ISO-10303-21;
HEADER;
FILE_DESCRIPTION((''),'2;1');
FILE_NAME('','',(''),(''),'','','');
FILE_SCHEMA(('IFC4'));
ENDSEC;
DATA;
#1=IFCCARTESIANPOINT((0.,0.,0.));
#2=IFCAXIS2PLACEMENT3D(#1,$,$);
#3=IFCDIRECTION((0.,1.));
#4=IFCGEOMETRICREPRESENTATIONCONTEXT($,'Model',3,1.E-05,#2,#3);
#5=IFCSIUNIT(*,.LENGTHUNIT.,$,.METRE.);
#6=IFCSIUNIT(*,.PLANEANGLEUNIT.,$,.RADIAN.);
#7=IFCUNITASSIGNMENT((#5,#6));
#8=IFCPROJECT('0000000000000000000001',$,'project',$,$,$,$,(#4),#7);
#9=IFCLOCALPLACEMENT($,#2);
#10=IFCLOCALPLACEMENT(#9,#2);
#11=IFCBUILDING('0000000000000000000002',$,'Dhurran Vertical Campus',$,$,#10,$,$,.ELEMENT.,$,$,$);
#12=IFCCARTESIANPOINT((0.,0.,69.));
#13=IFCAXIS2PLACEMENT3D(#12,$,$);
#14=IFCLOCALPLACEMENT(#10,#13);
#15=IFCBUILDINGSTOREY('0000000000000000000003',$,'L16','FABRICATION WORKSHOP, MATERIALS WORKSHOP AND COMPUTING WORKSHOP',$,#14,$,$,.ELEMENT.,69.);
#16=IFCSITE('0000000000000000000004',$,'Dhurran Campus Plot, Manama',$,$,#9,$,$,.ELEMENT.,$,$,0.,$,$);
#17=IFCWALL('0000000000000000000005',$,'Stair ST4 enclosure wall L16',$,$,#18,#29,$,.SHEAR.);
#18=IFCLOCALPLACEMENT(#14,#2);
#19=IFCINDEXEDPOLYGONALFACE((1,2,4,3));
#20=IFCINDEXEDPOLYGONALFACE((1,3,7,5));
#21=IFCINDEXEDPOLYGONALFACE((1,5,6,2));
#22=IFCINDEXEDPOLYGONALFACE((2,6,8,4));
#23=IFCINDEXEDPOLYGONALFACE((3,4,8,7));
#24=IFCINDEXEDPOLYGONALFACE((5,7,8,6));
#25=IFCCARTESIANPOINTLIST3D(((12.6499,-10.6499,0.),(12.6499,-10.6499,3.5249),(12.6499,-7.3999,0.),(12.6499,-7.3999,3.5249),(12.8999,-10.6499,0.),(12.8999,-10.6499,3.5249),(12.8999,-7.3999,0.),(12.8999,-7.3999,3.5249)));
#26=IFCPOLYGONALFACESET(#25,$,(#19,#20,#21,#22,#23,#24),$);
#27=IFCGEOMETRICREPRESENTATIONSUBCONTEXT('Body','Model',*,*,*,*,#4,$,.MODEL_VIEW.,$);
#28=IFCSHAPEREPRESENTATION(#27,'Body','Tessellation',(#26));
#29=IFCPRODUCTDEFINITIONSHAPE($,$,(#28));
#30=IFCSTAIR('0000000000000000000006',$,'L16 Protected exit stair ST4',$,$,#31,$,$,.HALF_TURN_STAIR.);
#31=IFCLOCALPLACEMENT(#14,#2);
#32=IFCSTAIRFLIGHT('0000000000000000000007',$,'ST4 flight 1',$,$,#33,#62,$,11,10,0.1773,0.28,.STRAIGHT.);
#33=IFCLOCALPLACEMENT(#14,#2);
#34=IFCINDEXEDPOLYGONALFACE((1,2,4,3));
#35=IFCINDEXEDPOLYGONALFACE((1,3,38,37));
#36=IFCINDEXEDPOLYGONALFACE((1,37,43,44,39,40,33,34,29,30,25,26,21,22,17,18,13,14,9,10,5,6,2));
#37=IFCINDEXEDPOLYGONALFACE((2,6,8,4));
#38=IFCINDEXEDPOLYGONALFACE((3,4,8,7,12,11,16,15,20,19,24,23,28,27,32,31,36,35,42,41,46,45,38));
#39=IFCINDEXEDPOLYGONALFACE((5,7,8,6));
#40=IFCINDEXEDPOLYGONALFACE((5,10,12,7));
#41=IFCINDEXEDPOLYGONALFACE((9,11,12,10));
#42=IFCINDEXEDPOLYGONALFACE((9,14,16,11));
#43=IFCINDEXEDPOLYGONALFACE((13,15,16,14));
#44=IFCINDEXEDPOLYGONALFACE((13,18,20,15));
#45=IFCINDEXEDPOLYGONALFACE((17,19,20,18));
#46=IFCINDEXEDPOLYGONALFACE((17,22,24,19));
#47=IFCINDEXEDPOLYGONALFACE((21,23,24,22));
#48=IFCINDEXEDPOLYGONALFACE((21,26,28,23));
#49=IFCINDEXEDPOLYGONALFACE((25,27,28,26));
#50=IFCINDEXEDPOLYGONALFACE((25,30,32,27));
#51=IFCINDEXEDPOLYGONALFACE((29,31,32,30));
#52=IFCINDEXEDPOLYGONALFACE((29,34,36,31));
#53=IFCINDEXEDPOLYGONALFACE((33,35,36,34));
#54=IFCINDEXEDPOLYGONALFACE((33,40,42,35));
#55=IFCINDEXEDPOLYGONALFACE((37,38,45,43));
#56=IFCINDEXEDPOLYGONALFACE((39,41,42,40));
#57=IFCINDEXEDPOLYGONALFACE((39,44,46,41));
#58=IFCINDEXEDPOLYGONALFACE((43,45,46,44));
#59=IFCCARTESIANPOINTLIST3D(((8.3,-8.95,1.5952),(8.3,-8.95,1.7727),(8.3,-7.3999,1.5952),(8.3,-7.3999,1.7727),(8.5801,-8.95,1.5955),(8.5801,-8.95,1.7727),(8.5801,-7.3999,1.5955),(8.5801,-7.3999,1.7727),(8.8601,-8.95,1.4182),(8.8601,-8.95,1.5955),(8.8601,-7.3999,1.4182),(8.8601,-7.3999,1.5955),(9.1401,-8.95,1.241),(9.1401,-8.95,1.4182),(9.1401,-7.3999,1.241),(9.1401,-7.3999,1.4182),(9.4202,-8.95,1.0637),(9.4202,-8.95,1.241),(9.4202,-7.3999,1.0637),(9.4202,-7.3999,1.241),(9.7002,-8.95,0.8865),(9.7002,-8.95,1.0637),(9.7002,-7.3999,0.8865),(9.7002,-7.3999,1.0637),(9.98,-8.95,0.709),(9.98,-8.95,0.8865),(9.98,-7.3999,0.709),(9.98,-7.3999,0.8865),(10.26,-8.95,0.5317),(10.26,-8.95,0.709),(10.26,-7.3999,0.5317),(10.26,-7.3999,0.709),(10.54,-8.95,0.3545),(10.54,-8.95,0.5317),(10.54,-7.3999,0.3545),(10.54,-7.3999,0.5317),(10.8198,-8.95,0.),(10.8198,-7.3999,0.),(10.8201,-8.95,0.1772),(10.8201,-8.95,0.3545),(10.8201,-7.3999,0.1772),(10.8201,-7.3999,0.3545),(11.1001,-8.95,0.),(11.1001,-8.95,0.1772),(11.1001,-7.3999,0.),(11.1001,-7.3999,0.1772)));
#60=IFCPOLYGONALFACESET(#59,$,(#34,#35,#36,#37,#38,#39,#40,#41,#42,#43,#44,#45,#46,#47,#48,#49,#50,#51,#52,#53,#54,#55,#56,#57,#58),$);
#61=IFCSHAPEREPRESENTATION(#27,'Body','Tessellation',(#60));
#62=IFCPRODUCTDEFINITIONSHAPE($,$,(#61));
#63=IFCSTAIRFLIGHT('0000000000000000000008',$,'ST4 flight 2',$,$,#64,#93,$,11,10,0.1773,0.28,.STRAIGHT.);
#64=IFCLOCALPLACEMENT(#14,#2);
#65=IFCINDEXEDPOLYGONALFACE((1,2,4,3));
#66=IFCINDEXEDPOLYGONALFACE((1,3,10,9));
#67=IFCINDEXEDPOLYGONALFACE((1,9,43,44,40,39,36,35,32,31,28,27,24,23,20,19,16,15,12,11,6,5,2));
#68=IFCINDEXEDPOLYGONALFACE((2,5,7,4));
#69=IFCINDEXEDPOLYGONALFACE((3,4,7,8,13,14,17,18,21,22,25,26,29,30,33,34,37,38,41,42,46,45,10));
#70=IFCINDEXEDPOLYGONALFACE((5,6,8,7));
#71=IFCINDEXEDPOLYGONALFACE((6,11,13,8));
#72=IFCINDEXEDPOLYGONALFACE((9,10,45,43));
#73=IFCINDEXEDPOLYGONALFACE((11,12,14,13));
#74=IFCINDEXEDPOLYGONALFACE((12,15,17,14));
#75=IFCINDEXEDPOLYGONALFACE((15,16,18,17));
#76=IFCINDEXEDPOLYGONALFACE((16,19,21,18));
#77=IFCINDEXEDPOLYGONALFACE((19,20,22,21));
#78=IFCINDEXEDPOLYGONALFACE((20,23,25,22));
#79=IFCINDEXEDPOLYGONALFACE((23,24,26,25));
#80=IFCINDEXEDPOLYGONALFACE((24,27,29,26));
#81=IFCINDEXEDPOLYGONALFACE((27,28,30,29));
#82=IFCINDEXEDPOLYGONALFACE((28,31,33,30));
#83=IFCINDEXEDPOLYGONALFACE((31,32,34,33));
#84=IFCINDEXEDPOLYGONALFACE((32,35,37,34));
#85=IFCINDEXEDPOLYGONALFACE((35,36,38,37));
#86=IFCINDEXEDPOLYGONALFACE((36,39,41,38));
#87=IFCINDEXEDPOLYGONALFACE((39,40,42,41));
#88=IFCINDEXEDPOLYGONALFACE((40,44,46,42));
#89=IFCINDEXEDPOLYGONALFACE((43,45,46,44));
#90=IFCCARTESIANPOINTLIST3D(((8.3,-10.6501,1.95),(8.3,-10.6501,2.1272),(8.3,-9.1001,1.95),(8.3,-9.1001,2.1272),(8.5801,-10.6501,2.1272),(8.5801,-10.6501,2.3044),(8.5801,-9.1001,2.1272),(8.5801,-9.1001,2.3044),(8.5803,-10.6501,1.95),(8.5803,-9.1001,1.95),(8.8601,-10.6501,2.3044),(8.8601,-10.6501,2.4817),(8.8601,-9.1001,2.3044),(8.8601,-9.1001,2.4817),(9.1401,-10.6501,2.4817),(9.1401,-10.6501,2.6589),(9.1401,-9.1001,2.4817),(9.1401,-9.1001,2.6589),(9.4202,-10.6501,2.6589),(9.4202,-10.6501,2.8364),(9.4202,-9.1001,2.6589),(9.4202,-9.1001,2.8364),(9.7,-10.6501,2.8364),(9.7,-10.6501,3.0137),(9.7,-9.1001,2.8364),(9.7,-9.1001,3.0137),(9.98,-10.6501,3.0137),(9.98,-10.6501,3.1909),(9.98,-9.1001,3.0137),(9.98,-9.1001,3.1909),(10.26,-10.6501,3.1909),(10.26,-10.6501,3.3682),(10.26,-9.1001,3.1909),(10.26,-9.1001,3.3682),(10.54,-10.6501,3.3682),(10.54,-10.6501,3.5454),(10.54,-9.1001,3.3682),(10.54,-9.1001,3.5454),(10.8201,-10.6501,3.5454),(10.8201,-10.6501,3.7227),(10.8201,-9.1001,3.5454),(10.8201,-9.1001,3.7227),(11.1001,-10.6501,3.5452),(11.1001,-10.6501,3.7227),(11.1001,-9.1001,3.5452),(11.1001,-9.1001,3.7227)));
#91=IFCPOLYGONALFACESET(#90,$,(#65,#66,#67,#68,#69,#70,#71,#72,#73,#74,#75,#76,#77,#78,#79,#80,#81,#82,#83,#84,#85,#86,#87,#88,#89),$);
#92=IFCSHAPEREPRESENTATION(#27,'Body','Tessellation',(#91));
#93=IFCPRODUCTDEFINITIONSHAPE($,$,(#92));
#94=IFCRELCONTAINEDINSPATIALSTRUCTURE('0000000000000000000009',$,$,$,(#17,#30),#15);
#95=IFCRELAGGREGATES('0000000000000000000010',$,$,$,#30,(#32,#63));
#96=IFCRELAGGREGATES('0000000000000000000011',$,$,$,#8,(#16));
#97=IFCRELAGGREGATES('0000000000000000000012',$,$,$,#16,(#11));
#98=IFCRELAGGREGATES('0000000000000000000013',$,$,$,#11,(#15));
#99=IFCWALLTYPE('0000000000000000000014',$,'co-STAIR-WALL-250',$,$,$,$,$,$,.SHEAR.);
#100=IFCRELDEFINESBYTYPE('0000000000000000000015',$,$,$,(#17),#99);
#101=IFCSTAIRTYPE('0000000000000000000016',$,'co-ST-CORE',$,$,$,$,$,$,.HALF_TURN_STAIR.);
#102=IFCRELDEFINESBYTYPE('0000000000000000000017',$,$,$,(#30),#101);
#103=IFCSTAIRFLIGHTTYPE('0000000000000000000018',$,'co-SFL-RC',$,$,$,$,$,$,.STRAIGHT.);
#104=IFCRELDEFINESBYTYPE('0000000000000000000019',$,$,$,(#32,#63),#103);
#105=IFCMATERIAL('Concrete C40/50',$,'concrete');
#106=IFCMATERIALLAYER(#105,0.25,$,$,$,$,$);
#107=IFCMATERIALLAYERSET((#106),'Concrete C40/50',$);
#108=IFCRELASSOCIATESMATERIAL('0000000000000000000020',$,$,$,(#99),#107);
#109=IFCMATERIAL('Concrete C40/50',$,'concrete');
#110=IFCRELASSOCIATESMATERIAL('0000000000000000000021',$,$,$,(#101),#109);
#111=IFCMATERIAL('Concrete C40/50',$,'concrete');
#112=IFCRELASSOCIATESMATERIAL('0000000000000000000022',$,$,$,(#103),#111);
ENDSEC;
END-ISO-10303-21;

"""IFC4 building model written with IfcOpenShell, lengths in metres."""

from ifc_helpers import new_model, si_unit, direction, frame, frame_2d, origin, place, context, subcontext, project, spatial, polyline, rectangle, outline, extrude, material, layer, layer_set, type_object, element, aggregate, save


model = new_model("IFC4")

# Units and contexts
model_context = context("Model", 3, precision=1e-05, world=origin(), true_north=direction((0.0, 1.0)))
body_context = subcontext(model_context, "Body", "Model", "MODEL_VIEW")
ifc_project = project(units=[si_unit("LENGTHUNIT", "METRE"), si_unit("PLANEANGLEUNIT", "RADIAN")], contexts=[model_context])

# Site, building, storey
site_placement = place(None, origin())
site = spatial("IfcSite", under=ifc_project, at=site_placement, Name="Dhurran Campus Plot, Manama", CompositionType="ELEMENT", RefElevation=0.0)
building_placement = place(site_placement, origin())
building = spatial("IfcBuilding", under=site, at=building_placement, Name="Dhurran Vertical Campus", CompositionType="ELEMENT")
storey_placement = place(building_placement, frame((0.0, 0.0, 69.0)))
storey = spatial("IfcBuildingStorey", under=building, at=storey_placement, Name="L16", Description="FABRICATION WORKSHOP, MATERIALS WORKSHOP AND COMPUTING WORKSHOP", CompositionType="ELEMENT", Elevation=69.0)

# Shared definitions
ifc_material_1 = material(Name="Concrete C40/50", Category="concrete")
ifc_layer_1 = layer(ifc_material_1, 0.25)
ifc_layer_set_1 = layer_set([ifc_layer_1], Name="Concrete C40/50")
wall_type_1 = type_object("IfcWallType", Name="co-STAIR-WALL-250", PredefinedType="SHEAR", material=ifc_layer_set_1)

# Wall
for number, where, z_axis, x_axis, name in (
    (1, (12.7749, -10.6499, 0.0), (0.0, 0.0, 1.0), (0.0, 1.0, 0.0), "Stair ST4 enclosure wall L16"),
):
    element("IfcWall", number, at=place(storey_placement, frame(where, z_axis=z_axis, x_axis=x_axis)), inside=storey, type_object=wall_type_1, Name=name, PredefinedType="SHEAR", context=body_context, shape_type="SweptSolid", body=[
        extrude(rectangle(XDim=3.25, YDim=0.25, at=frame_2d((1.625, 0.0))), origin(), (0.0, 0.0, 1.0), 3.5249),
    ])

# Stair, stair flights
ifc_material_2 = material(Name="Concrete C40/50", Category="concrete")
stair_type = type_object("IfcStairType", Name="co-ST-CORE", PredefinedType="HALF_TURN_STAIR", material=ifc_material_2)
stair_placement = place(storey_placement, origin())
stair = element("IfcStair", 2, at=stair_placement, inside=storey, type_object=stair_type, Name="L16 Protected exit stair ST4", PredefinedType="HALF_TURN_STAIR")
ifc_material_3 = material(Name="Concrete C40/50", Category="concrete")
stair_flight_type = type_object("IfcStairFlightType", Name="co-SFL-RC", PredefinedType="STRAIGHT", material=ifc_material_3)
stair_flight_1_placement = place(storey_placement, frame((11.1001, -8.175, 0.0), z_axis=(0.0, 0.0, 1.0), x_axis=(-1.0, 0.0, 0.0)))
stair_flight_1 = element("IfcStairFlight", 3, at=stair_flight_1_placement, type_object=stair_flight_type, Name="ST4 flight 1", NumberOfRisers=11, NumberOfTreads=10, PredefinedType="STRAIGHT", RiserHeight=0.1773, TreadLength=0.28, context=body_context, shape_type="SweptSolid", body=[
    extrude(outline(polyline([(0.0, 0.0), (0.0, 0.1772), (0.28, 0.1772), (0.28, 0.3545), (0.5601, 0.3545), (0.5601, 0.5317), (0.8401, 0.5317), (0.8401, 0.709), (1.1201, 0.709), (1.1201, 0.8865), (1.3999, 0.8865), (1.3999, 1.0637), (1.6799, 1.0637), (1.6799, 1.241), (1.96, 1.241), (1.96, 1.4182), (2.24, 1.4182), (2.24, 1.5955), (2.52, 1.5955), (2.52, 1.7727), (2.8, 1.7727), (2.8, 1.95), (2.8, 1.5952), (0.2803, 0.0), (0.0, 0.0)])), frame((0.0, 0.7749, 0.0), z_axis=(0.0, -1.0, 0.0), x_axis=(1.0, 0.0, 0.0)), (0.0, 0.0, 1.0), 1.55),
])
stair_flight_2_placement = place(storey_placement, frame((8.3, -9.875, 1.95), z_axis=(0.0, 0.0, 1.0), x_axis=(1.0, 0.0, 0.0)))
stair_flight_2 = element("IfcStairFlight", 4, at=stair_flight_2_placement, type_object=stair_flight_type, Name="ST4 flight 2", NumberOfRisers=11, NumberOfTreads=10, PredefinedType="STRAIGHT", RiserHeight=0.1773, TreadLength=0.28, context=body_context, shape_type="SweptSolid", body=[
    extrude(outline(polyline([(0.0, 0.0), (0.0, 0.1772), (0.28, 0.1772), (0.28, 0.3545), (0.5601, 0.3545), (0.5601, 0.5317), (0.8401, 0.5317), (0.8401, 0.709), (1.1201, 0.709), (1.1201, 0.8865), (1.3999, 0.8865), (1.3999, 1.0637), (1.6799, 1.0637), (1.6799, 1.241), (1.96, 1.241), (1.96, 1.4182), (2.24, 1.4182), (2.24, 1.5955), (2.52, 1.5955), (2.52, 1.7727), (2.8, 1.7727), (2.8, 1.95), (2.8, 1.5952), (0.2803, 0.0), (0.0, 0.0)])), frame((0.0, 0.7749, 0.0), z_axis=(0.0, -1.0, 0.0), x_axis=(1.0, 0.0, 0.0)), (0.0, 0.0, 1.0), 1.55),
])
aggregate(stair, [stair_flight_1, stair_flight_2])

save(model, "model.ifc")
